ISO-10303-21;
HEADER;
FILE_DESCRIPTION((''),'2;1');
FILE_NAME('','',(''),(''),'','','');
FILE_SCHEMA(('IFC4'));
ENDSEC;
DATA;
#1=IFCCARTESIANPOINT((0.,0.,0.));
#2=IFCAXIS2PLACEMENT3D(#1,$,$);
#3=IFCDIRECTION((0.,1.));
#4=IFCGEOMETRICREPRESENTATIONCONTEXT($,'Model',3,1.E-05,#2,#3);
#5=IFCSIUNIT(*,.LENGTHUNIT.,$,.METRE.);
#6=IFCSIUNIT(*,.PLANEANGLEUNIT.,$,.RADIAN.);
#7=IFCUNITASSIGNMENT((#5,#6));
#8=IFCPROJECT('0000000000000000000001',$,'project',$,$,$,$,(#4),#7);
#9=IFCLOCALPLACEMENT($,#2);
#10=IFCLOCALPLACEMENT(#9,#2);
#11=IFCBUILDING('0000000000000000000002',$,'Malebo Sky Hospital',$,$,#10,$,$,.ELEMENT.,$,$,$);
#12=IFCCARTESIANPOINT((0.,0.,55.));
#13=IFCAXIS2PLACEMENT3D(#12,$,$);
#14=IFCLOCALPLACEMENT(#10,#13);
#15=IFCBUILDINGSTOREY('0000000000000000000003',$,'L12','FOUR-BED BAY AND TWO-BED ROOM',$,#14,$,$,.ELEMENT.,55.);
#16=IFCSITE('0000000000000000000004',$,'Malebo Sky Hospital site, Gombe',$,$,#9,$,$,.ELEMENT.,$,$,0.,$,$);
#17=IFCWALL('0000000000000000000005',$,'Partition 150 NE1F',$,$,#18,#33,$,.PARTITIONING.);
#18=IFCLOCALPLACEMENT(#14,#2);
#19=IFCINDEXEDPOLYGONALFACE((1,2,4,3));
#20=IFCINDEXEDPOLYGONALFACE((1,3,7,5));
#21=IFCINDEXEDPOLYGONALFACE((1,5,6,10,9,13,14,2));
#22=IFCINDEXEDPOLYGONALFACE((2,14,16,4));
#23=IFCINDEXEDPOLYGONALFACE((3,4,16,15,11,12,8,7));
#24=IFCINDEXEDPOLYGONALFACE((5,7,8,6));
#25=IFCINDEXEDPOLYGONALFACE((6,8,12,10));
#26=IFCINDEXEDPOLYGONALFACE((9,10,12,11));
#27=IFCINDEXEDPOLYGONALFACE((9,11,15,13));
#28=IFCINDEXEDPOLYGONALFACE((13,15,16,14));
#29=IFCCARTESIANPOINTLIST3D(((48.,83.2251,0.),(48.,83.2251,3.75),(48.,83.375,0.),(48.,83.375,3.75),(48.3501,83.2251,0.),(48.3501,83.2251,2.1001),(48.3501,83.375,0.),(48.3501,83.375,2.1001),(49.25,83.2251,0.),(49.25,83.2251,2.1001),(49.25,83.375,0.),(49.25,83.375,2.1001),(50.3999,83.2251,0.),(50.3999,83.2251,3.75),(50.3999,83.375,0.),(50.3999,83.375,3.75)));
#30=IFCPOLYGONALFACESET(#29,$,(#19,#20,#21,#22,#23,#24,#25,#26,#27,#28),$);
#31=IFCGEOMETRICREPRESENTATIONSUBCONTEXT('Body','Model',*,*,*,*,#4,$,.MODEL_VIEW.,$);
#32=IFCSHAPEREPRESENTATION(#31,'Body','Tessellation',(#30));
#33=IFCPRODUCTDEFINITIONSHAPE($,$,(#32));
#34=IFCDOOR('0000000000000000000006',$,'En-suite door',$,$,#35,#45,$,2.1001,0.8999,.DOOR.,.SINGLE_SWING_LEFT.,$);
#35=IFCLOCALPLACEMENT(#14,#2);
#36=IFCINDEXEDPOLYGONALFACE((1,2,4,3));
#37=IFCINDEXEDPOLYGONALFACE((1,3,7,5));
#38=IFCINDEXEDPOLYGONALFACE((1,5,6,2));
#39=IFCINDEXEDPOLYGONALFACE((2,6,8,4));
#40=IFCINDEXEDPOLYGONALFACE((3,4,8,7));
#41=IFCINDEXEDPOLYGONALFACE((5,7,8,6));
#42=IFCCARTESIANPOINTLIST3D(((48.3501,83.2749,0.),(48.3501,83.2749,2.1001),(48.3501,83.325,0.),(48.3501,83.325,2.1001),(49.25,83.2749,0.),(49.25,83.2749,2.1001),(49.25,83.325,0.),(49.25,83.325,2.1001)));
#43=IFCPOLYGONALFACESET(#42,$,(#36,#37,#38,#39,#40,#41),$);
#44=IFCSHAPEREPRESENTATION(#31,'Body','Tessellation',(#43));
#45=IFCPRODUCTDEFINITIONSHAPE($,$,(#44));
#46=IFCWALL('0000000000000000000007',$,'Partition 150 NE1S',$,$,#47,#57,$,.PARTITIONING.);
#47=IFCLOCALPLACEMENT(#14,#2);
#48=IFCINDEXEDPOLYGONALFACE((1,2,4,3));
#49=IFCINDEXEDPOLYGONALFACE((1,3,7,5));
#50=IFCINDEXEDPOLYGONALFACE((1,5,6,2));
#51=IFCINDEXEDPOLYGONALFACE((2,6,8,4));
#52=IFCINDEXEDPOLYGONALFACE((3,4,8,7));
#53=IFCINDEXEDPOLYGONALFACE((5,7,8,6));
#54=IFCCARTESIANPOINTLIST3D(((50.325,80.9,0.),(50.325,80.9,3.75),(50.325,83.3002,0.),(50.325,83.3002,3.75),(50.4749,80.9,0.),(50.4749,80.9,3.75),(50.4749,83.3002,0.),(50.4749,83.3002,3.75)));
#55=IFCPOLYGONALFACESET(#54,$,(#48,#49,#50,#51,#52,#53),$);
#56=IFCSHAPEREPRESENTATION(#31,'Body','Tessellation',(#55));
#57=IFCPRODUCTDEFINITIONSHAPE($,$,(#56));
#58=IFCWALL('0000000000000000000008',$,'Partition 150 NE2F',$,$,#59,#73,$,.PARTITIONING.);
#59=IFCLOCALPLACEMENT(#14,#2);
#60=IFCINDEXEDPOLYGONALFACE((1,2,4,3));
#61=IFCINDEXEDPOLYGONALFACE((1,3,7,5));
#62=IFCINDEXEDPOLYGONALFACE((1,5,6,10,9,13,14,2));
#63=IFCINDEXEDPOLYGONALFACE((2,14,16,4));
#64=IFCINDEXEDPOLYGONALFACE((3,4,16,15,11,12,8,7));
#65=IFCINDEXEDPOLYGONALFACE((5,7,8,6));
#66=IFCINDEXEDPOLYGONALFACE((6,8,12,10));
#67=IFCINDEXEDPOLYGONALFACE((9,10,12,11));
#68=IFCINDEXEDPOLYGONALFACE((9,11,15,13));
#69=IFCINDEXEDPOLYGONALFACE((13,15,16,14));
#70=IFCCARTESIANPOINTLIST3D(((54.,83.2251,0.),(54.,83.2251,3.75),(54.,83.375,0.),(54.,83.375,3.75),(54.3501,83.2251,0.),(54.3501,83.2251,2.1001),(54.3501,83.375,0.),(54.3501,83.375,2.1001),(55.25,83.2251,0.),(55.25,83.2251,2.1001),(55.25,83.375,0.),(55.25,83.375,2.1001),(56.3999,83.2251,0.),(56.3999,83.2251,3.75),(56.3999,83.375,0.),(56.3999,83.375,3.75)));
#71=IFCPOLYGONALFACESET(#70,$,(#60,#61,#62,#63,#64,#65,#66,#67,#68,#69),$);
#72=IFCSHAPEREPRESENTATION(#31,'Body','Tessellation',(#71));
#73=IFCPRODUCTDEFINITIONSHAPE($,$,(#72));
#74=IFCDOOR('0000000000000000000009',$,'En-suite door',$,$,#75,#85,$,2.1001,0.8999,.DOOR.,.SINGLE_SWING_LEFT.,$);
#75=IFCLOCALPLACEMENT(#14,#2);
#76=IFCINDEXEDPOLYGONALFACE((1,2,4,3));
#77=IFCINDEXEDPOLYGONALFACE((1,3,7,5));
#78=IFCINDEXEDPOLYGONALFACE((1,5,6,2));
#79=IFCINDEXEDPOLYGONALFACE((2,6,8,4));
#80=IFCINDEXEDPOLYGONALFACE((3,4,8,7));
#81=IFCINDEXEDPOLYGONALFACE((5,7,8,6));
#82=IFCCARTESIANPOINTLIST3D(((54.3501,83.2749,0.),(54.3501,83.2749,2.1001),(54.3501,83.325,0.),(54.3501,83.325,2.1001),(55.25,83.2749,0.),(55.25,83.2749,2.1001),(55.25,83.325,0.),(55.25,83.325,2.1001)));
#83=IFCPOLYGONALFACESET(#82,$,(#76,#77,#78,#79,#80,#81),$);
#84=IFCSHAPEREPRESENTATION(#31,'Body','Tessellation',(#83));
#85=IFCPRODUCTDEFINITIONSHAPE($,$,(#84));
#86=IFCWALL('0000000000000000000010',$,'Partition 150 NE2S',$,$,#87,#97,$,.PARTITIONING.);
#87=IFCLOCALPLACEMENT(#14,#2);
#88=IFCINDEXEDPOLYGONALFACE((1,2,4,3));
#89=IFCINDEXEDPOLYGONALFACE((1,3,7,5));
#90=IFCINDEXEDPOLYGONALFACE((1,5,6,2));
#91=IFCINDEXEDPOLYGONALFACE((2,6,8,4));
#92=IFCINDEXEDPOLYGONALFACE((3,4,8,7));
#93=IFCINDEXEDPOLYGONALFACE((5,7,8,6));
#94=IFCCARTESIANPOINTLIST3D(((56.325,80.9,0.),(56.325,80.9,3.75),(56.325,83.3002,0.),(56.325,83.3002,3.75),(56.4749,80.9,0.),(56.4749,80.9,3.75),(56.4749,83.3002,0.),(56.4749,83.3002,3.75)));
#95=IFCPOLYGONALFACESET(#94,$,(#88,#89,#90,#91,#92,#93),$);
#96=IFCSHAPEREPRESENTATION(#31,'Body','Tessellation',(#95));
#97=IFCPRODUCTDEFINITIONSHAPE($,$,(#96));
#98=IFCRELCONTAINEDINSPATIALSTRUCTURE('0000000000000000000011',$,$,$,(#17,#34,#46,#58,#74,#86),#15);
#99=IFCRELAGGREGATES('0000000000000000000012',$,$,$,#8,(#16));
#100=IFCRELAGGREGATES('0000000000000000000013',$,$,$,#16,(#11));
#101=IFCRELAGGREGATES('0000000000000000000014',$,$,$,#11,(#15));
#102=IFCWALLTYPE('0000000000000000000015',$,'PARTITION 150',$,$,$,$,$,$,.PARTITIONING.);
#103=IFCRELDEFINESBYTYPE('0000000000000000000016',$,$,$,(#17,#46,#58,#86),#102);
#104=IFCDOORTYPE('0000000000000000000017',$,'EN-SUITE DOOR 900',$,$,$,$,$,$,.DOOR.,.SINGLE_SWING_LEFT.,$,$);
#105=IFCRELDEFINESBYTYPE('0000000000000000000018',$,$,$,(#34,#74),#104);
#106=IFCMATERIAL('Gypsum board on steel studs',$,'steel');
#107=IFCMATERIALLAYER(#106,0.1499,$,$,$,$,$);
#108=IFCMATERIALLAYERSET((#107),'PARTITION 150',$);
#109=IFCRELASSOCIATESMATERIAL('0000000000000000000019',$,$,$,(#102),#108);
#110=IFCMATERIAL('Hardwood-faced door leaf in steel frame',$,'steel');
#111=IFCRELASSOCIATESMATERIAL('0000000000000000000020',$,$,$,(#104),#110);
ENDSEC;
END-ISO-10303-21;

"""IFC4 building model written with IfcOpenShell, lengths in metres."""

from ifc_helpers import new_model, si_unit, direction, frame, frame_2d, origin, place, context, subcontext, project, spatial, rectangle, extrude, material, layer, layer_set, type_object, element, fill, save


model = new_model("IFC4")

# Units and contexts
model_context = context("Model", 3, precision=1e-05, world=origin(), true_north=direction((0.0, 1.0)))
body_context = subcontext(model_context, "Body", "Model", "MODEL_VIEW")
ifc_project = project(units=[si_unit("LENGTHUNIT", "METRE"), si_unit("PLANEANGLEUNIT", "RADIAN")], contexts=[model_context])

# Site, building, storey
site_placement = place(None, origin())
site = spatial("IfcSite", under=ifc_project, at=site_placement, Name="Malebo Sky Hospital site, Gombe", CompositionType="ELEMENT", RefElevation=0.0)
building_placement = place(site_placement, origin())
building = spatial("IfcBuilding", under=site, at=building_placement, Name="Malebo Sky Hospital", CompositionType="ELEMENT")
storey_placement = place(building_placement, frame((0.0, 0.0, 55.0)))
storey = spatial("IfcBuildingStorey", under=building, at=storey_placement, Name="L12", Description="FOUR-BED BAY AND TWO-BED ROOM", CompositionType="ELEMENT", Elevation=55.0)

# Shared definitions
ifc_material_1 = material(Name="Gypsum board on steel studs", Category="steel")
ifc_layer_1 = layer(ifc_material_1, 0.1499)
ifc_layer_set_1 = layer_set([ifc_layer_1], Name="PARTITION 150")
wall_type = type_object("IfcWallType", Name="PARTITION 150", PredefinedType="PARTITIONING", material=ifc_layer_set_1)

# Wall, opening, door
wall_1_placement = place(storey_placement, frame((48.0, 83.3, 0.0), z_axis=(0.0, 0.0, 1.0), x_axis=(1.0, 0.0, 0.0)))
wall_1 = element("IfcWall", 1, at=wall_1_placement, inside=storey, type_object=wall_type, Name="Partition 150 NE1F", PredefinedType="PARTITIONING", context=body_context, shape_type="SweptSolid", body=[
    extrude(rectangle(XDim=2.3999, YDim=0.1499, at=frame_2d((1.2, 0.0))), origin(), (0.0, 0.0, 1.0), 3.75),
])
opening_1_placement = place(wall_1_placement, frame((0.3501, 0.0, 0.0)))
opening_1 = element("IfcOpeningElement", 2, at=opening_1_placement, cuts=wall_1, PredefinedType="OPENING", context=body_context, shape_type="SweptSolid", body=[
    extrude(rectangle(XDim=0.8999, YDim=2.1001, at=frame_2d((0.45, 1.05))), frame((0.0, 0.085, 0.0), z_axis=(0.0, -1.0, 0.0), x_axis=(1.0, 0.0, 0.0)), (0.0, 0.0, 1.0), 0.1699),
])
ifc_material_2 = material(Name="Hardwood-faced door leaf in steel frame", Category="steel")
door_type = type_object("IfcDoorType", Name="EN-SUITE DOOR 900", OperationType="SINGLE_SWING_LEFT", PredefinedType="DOOR", material=ifc_material_2)
door_1_placement = place(opening_1_placement, origin())
door_1 = element("IfcDoor", 3, at=door_1_placement, inside=storey, type_object=door_type, Name="En-suite door", OperationType="SINGLE_SWING_LEFT", OverallHeight=2.1001, OverallWidth=0.8999, PredefinedType="DOOR", context=body_context, shape_type="SweptSolid", body=[
    extrude(rectangle(XDim=0.8999, YDim=2.1001, at=frame_2d((0.45, 1.05))), frame((0.0, 0.0249, 0.0), z_axis=(0.0, -1.0, 0.0), x_axis=(1.0, 0.0, 0.0)), (0.0, 0.0, 1.0), 0.05),
])
fill(opening_1, door_1)

# Wall
wall_2_placement = place(storey_placement, frame((50.3999, 80.8999, 0.0), z_axis=(0.0, 0.0, 1.0), x_axis=(0.0, 1.0, 0.0)))
element("IfcWall", 4, at=wall_2_placement, inside=storey, type_object=wall_type, Name="Partition 150 NE1S", PredefinedType="PARTITIONING", context=body_context, shape_type="SweptSolid", body=[
    extrude(rectangle(XDim=2.4001, YDim=0.1499, at=frame_2d((1.2002, 0.0))), origin(), (0.0, 0.0, 1.0), 3.75),
])

# Wall, opening, door
wall_3_placement = place(storey_placement, frame((54.0, 83.3, 0.0), z_axis=(0.0, 0.0, 1.0), x_axis=(1.0, 0.0, 0.0)))
wall_3 = element("IfcWall", 5, at=wall_3_placement, inside=storey, type_object=wall_type, Name="Partition 150 NE2F", PredefinedType="PARTITIONING", context=body_context, shape_type="SweptSolid", body=[
    extrude(rectangle(XDim=2.3999, YDim=0.1499, at=frame_2d((1.2, 0.0))), origin(), (0.0, 0.0, 1.0), 3.75),
])
opening_2_placement = place(wall_3_placement, frame((0.3501, 0.0, 0.0)))
opening_2 = element("IfcOpeningElement", 6, at=opening_2_placement, cuts=wall_3, PredefinedType="OPENING", context=body_context, shape_type="SweptSolid", body=[
    extrude(rectangle(XDim=0.8999, YDim=2.1001, at=frame_2d((0.45, 1.05))), frame((0.0, 0.085, 0.0), z_axis=(0.0, -1.0, 0.0), x_axis=(1.0, 0.0, 0.0)), (0.0, 0.0, 1.0), 0.1699),
])
door_2_placement = place(opening_2_placement, origin())
door_2 = element("IfcDoor", 7, at=door_2_placement, inside=storey, type_object=door_type, Name="En-suite door", OperationType="SINGLE_SWING_LEFT", OverallHeight=2.1001, OverallWidth=0.8999, PredefinedType="DOOR", context=body_context, shape_type="SweptSolid", body=[
    extrude(rectangle(XDim=0.8999, YDim=2.1001, at=frame_2d((0.45, 1.05))), frame((0.0, 0.0249, 0.0), z_axis=(0.0, -1.0, 0.0), x_axis=(1.0, 0.0, 0.0)), (0.0, 0.0, 1.0), 0.05),
])
fill(opening_2, door_2)

# Wall
wall_4_placement = place(storey_placement, frame((56.3999, 80.8999, 0.0), z_axis=(0.0, 0.0, 1.0), x_axis=(0.0, 1.0, 0.0)))
element("IfcWall", 8, at=wall_4_placement, inside=storey, type_object=wall_type, Name="Partition 150 NE2S", PredefinedType="PARTITIONING", context=body_context, shape_type="SweptSolid", body=[
    extrude(rectangle(XDim=2.4001, YDim=0.1499, at=frame_2d((1.2002, 0.0))), origin(), (0.0, 0.0, 1.0), 3.75),
])

save(model, "model.ifc")
